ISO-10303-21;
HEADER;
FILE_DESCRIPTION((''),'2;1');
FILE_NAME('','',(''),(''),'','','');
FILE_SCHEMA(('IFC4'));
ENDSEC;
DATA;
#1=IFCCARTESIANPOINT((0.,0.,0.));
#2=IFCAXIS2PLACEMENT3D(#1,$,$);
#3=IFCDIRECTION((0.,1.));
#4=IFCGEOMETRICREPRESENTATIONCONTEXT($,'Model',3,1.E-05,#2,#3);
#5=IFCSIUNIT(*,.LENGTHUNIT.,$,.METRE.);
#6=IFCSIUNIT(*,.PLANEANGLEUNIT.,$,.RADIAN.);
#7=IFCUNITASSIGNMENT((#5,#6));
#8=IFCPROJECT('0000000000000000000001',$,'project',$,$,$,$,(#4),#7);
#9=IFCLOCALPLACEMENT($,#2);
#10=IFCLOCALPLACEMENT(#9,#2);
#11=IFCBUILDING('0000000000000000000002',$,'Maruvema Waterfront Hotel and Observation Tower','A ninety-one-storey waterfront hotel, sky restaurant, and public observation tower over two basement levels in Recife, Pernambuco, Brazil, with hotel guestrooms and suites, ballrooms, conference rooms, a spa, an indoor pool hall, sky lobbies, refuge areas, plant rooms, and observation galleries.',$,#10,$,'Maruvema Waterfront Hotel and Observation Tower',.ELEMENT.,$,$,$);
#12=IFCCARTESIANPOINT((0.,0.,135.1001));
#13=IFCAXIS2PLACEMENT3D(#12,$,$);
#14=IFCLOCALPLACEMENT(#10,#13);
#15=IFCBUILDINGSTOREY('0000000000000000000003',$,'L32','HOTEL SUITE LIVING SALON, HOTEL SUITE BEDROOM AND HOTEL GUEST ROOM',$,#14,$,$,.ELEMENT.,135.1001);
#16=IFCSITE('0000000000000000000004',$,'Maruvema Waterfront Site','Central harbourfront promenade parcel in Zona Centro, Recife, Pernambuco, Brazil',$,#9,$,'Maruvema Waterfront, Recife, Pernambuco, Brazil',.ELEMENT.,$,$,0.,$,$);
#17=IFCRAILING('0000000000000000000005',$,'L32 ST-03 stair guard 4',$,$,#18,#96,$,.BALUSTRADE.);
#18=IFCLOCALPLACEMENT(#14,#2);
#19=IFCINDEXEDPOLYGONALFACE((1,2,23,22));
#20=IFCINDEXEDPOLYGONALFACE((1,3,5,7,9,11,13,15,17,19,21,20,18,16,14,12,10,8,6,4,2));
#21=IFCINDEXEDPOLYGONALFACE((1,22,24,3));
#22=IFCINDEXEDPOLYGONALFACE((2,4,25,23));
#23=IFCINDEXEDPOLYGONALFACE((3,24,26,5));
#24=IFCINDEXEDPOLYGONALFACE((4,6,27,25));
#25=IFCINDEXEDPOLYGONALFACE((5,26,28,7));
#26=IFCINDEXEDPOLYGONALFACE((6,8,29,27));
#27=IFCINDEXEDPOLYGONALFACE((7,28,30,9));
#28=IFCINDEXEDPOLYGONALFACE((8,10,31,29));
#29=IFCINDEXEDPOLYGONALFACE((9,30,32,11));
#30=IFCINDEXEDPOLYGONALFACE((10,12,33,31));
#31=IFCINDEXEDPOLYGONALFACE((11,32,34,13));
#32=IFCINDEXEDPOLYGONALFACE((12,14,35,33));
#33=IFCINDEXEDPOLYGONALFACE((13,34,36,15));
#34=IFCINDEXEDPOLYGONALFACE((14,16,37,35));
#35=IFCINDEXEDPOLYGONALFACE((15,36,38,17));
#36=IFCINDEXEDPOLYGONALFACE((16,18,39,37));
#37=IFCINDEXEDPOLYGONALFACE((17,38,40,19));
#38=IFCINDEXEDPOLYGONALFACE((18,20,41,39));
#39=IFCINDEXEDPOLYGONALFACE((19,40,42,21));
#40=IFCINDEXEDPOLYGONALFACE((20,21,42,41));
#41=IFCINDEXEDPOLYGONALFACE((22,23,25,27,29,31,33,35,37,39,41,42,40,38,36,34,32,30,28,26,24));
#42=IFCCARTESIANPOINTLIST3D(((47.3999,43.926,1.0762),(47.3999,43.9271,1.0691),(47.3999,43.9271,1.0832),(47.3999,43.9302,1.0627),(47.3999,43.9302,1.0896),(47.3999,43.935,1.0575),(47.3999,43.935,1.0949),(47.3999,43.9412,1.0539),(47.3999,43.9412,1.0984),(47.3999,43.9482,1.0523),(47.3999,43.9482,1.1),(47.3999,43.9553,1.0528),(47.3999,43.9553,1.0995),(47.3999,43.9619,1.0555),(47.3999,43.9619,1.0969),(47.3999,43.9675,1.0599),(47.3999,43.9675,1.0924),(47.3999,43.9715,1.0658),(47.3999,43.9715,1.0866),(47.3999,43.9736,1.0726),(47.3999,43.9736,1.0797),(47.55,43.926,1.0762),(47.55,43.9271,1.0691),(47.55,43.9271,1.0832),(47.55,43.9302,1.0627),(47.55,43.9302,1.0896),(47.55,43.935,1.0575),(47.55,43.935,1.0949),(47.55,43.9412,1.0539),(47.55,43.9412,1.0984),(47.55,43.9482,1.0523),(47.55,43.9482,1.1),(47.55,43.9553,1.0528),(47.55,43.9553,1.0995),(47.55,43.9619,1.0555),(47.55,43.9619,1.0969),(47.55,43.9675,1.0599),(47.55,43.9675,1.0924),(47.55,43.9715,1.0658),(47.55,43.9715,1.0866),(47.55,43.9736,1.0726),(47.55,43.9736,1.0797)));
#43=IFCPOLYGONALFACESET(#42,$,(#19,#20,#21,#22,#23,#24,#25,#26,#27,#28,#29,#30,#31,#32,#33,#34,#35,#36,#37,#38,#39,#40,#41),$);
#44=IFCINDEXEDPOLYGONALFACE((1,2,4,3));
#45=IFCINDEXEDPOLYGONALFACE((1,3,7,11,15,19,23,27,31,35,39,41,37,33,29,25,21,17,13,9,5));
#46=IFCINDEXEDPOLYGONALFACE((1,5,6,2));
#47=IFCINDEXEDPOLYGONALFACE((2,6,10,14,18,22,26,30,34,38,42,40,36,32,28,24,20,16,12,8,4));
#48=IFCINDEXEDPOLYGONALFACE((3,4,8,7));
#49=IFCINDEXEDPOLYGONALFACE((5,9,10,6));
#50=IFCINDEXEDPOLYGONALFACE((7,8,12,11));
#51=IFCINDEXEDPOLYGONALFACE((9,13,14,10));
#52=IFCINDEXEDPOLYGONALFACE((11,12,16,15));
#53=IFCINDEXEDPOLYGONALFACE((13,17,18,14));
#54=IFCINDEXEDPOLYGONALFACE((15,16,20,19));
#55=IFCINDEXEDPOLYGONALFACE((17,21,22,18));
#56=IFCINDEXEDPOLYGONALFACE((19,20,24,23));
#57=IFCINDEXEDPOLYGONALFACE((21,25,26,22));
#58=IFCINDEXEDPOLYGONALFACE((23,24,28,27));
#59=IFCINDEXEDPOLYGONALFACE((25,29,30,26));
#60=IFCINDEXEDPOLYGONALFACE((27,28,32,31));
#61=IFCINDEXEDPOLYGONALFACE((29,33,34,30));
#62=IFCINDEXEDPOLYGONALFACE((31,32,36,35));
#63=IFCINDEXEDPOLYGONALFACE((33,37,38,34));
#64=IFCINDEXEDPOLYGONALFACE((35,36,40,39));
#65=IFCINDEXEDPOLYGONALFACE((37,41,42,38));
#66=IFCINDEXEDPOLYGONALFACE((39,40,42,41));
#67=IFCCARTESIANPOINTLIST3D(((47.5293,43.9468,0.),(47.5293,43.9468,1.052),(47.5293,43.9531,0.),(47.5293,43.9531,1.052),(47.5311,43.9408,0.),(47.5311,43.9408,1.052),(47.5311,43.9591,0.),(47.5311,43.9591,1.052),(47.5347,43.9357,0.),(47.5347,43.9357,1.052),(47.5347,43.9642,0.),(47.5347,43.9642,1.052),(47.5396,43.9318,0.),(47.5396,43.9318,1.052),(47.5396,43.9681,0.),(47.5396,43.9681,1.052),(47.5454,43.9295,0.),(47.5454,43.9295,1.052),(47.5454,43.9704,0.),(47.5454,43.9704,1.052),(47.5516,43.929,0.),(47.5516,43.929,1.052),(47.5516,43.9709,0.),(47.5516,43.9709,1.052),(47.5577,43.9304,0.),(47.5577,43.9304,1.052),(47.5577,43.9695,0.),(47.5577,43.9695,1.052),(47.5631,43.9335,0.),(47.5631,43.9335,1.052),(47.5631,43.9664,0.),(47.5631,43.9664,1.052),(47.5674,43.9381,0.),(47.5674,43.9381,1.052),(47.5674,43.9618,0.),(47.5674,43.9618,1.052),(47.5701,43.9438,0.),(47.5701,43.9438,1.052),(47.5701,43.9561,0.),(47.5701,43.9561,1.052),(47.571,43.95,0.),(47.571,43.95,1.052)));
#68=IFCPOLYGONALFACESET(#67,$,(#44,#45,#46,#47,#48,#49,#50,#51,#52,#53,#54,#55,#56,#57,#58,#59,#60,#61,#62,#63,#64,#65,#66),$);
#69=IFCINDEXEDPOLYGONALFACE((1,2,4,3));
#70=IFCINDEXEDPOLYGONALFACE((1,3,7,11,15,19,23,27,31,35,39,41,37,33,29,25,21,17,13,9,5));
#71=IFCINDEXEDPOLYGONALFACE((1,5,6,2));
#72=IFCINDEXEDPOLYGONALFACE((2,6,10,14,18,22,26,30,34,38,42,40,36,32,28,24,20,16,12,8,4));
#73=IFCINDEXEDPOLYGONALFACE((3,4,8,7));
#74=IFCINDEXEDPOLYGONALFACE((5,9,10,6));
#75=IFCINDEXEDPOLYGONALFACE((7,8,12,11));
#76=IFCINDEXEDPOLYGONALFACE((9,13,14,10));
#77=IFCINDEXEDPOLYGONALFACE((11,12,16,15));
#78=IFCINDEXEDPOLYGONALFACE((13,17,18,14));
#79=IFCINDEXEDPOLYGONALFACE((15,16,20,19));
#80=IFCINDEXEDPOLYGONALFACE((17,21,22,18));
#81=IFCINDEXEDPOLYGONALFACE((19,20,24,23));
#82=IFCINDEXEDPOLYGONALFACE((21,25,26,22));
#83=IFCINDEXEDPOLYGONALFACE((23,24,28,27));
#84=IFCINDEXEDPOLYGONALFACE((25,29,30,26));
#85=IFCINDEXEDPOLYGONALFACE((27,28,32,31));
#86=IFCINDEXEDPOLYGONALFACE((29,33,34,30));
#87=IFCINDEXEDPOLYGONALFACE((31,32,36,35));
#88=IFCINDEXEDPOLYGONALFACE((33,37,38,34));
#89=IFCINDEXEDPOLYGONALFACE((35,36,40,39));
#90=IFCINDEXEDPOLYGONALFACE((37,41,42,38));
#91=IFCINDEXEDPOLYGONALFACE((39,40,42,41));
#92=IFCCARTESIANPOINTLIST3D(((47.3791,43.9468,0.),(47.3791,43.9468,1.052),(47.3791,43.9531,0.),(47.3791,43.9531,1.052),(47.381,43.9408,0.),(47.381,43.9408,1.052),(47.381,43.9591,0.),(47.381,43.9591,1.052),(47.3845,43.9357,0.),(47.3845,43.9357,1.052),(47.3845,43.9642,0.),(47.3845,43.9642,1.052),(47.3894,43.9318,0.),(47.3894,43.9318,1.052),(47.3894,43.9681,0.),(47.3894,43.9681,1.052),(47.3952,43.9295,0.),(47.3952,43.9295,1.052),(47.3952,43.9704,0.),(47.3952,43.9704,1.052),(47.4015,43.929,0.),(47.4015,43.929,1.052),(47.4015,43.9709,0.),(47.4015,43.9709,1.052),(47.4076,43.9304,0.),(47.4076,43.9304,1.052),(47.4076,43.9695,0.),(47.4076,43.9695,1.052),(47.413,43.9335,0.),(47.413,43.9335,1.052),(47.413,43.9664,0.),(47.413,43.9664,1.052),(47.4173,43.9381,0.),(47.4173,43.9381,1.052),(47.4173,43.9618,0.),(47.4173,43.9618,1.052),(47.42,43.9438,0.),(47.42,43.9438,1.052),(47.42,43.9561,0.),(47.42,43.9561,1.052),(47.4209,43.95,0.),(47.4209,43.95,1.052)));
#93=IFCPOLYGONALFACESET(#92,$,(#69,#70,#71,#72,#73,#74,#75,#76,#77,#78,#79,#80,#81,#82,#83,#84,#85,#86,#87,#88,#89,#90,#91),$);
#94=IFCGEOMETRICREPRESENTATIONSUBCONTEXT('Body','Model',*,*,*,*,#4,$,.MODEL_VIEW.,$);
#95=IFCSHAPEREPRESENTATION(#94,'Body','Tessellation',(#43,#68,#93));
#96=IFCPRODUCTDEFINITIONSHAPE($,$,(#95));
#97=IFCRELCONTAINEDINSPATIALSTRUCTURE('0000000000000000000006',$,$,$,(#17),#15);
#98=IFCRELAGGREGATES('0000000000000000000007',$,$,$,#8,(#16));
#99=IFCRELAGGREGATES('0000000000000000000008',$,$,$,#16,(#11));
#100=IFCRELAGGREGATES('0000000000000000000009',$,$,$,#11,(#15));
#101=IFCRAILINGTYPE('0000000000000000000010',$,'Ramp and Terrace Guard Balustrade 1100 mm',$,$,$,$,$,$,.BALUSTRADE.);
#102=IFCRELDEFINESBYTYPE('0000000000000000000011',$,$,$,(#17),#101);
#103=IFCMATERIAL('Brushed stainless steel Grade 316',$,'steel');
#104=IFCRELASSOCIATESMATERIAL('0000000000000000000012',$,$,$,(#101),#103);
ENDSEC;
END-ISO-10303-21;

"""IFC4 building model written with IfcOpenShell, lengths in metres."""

from ifc_helpers import new_model, si_unit, direction, frame, origin, origin_2d, place, context, subcontext, project, spatial, circle, extrude, material, type_object, element, save


model = new_model("IFC4")

# Units and contexts
model_context = context("Model", 3, precision=1e-05, world=origin(), true_north=direction((0.0, 1.0)))
body_context = subcontext(model_context, "Body", "Model", "MODEL_VIEW")
ifc_project = project(units=[si_unit("LENGTHUNIT", "METRE"), si_unit("PLANEANGLEUNIT", "RADIAN")], contexts=[model_context])

# Site, building, storey
site_placement = place(None, origin())
site = spatial("IfcSite", under=ifc_project, at=site_placement, Name="Maruvema Waterfront Site", Description="Central harbourfront promenade parcel in Zona Centro, Recife, Pernambuco, Brazil", LongName="Maruvema Waterfront, Recife, Pernambuco, Brazil", CompositionType="ELEMENT", RefElevation=0.0)
building_placement = place(site_placement, origin())
building = spatial("IfcBuilding", under=site, at=building_placement, Name="Maruvema Waterfront Hotel and Observation Tower", Description="A ninety-one-storey waterfront hotel, sky restaurant, and public observation tower over two basement levels in Recife, Pernambuco, Brazil, with hotel guestrooms and suites, ballrooms, conference rooms, a spa, an indoor pool hall, sky lobbies, refuge areas, plant rooms, and observation galleries.", LongName="Maruvema Waterfront Hotel and Observation Tower", CompositionType="ELEMENT")
storey_placement = place(building_placement, frame((0.0, 0.0, 135.1001)))
storey = spatial("IfcBuildingStorey", under=building, at=storey_placement, Name="L32", Description="HOTEL SUITE LIVING SALON, HOTEL SUITE BEDROOM AND HOTEL GUEST ROOM", CompositionType="ELEMENT", Elevation=135.1001)

# Railing
ifc_material_1 = material(Name="Brushed stainless steel Grade 316", Category="steel")
railing_type = type_object("IfcRailingType", Name="Ramp and Terrace Guard Balustrade 1100 mm", PredefinedType="BALUSTRADE", material=ifc_material_1)
railing_placement = place(storey_placement, frame((47.55, 43.95, 0.0)))
element("IfcRailing", 1, at=railing_placement, inside=storey, type_object=railing_type, Name="L32 ST-03 stair guard 4", PredefinedType="BALUSTRADE", context=body_context, shape_type="SweptSolid", body=[
    extrude(circle(Radius=0.0239, at=origin_2d()), frame((0.0, 0.0, 1.0762), z_axis=(-1.0, 0.0, 0.0), x_axis=(0.0, -1.0, 0.0)), (0.0, 0.0, 1.0), 0.1501),
    extrude(circle(Radius=0.021, at=origin_2d()), origin(), (0.0, 0.0, 1.0), 1.052),
    extrude(circle(Radius=0.021, at=origin_2d()), frame((-0.1501, 0.0, 0.0)), (0.0, 0.0, 1.0), 1.052),
])

save(model, "model.ifc")
